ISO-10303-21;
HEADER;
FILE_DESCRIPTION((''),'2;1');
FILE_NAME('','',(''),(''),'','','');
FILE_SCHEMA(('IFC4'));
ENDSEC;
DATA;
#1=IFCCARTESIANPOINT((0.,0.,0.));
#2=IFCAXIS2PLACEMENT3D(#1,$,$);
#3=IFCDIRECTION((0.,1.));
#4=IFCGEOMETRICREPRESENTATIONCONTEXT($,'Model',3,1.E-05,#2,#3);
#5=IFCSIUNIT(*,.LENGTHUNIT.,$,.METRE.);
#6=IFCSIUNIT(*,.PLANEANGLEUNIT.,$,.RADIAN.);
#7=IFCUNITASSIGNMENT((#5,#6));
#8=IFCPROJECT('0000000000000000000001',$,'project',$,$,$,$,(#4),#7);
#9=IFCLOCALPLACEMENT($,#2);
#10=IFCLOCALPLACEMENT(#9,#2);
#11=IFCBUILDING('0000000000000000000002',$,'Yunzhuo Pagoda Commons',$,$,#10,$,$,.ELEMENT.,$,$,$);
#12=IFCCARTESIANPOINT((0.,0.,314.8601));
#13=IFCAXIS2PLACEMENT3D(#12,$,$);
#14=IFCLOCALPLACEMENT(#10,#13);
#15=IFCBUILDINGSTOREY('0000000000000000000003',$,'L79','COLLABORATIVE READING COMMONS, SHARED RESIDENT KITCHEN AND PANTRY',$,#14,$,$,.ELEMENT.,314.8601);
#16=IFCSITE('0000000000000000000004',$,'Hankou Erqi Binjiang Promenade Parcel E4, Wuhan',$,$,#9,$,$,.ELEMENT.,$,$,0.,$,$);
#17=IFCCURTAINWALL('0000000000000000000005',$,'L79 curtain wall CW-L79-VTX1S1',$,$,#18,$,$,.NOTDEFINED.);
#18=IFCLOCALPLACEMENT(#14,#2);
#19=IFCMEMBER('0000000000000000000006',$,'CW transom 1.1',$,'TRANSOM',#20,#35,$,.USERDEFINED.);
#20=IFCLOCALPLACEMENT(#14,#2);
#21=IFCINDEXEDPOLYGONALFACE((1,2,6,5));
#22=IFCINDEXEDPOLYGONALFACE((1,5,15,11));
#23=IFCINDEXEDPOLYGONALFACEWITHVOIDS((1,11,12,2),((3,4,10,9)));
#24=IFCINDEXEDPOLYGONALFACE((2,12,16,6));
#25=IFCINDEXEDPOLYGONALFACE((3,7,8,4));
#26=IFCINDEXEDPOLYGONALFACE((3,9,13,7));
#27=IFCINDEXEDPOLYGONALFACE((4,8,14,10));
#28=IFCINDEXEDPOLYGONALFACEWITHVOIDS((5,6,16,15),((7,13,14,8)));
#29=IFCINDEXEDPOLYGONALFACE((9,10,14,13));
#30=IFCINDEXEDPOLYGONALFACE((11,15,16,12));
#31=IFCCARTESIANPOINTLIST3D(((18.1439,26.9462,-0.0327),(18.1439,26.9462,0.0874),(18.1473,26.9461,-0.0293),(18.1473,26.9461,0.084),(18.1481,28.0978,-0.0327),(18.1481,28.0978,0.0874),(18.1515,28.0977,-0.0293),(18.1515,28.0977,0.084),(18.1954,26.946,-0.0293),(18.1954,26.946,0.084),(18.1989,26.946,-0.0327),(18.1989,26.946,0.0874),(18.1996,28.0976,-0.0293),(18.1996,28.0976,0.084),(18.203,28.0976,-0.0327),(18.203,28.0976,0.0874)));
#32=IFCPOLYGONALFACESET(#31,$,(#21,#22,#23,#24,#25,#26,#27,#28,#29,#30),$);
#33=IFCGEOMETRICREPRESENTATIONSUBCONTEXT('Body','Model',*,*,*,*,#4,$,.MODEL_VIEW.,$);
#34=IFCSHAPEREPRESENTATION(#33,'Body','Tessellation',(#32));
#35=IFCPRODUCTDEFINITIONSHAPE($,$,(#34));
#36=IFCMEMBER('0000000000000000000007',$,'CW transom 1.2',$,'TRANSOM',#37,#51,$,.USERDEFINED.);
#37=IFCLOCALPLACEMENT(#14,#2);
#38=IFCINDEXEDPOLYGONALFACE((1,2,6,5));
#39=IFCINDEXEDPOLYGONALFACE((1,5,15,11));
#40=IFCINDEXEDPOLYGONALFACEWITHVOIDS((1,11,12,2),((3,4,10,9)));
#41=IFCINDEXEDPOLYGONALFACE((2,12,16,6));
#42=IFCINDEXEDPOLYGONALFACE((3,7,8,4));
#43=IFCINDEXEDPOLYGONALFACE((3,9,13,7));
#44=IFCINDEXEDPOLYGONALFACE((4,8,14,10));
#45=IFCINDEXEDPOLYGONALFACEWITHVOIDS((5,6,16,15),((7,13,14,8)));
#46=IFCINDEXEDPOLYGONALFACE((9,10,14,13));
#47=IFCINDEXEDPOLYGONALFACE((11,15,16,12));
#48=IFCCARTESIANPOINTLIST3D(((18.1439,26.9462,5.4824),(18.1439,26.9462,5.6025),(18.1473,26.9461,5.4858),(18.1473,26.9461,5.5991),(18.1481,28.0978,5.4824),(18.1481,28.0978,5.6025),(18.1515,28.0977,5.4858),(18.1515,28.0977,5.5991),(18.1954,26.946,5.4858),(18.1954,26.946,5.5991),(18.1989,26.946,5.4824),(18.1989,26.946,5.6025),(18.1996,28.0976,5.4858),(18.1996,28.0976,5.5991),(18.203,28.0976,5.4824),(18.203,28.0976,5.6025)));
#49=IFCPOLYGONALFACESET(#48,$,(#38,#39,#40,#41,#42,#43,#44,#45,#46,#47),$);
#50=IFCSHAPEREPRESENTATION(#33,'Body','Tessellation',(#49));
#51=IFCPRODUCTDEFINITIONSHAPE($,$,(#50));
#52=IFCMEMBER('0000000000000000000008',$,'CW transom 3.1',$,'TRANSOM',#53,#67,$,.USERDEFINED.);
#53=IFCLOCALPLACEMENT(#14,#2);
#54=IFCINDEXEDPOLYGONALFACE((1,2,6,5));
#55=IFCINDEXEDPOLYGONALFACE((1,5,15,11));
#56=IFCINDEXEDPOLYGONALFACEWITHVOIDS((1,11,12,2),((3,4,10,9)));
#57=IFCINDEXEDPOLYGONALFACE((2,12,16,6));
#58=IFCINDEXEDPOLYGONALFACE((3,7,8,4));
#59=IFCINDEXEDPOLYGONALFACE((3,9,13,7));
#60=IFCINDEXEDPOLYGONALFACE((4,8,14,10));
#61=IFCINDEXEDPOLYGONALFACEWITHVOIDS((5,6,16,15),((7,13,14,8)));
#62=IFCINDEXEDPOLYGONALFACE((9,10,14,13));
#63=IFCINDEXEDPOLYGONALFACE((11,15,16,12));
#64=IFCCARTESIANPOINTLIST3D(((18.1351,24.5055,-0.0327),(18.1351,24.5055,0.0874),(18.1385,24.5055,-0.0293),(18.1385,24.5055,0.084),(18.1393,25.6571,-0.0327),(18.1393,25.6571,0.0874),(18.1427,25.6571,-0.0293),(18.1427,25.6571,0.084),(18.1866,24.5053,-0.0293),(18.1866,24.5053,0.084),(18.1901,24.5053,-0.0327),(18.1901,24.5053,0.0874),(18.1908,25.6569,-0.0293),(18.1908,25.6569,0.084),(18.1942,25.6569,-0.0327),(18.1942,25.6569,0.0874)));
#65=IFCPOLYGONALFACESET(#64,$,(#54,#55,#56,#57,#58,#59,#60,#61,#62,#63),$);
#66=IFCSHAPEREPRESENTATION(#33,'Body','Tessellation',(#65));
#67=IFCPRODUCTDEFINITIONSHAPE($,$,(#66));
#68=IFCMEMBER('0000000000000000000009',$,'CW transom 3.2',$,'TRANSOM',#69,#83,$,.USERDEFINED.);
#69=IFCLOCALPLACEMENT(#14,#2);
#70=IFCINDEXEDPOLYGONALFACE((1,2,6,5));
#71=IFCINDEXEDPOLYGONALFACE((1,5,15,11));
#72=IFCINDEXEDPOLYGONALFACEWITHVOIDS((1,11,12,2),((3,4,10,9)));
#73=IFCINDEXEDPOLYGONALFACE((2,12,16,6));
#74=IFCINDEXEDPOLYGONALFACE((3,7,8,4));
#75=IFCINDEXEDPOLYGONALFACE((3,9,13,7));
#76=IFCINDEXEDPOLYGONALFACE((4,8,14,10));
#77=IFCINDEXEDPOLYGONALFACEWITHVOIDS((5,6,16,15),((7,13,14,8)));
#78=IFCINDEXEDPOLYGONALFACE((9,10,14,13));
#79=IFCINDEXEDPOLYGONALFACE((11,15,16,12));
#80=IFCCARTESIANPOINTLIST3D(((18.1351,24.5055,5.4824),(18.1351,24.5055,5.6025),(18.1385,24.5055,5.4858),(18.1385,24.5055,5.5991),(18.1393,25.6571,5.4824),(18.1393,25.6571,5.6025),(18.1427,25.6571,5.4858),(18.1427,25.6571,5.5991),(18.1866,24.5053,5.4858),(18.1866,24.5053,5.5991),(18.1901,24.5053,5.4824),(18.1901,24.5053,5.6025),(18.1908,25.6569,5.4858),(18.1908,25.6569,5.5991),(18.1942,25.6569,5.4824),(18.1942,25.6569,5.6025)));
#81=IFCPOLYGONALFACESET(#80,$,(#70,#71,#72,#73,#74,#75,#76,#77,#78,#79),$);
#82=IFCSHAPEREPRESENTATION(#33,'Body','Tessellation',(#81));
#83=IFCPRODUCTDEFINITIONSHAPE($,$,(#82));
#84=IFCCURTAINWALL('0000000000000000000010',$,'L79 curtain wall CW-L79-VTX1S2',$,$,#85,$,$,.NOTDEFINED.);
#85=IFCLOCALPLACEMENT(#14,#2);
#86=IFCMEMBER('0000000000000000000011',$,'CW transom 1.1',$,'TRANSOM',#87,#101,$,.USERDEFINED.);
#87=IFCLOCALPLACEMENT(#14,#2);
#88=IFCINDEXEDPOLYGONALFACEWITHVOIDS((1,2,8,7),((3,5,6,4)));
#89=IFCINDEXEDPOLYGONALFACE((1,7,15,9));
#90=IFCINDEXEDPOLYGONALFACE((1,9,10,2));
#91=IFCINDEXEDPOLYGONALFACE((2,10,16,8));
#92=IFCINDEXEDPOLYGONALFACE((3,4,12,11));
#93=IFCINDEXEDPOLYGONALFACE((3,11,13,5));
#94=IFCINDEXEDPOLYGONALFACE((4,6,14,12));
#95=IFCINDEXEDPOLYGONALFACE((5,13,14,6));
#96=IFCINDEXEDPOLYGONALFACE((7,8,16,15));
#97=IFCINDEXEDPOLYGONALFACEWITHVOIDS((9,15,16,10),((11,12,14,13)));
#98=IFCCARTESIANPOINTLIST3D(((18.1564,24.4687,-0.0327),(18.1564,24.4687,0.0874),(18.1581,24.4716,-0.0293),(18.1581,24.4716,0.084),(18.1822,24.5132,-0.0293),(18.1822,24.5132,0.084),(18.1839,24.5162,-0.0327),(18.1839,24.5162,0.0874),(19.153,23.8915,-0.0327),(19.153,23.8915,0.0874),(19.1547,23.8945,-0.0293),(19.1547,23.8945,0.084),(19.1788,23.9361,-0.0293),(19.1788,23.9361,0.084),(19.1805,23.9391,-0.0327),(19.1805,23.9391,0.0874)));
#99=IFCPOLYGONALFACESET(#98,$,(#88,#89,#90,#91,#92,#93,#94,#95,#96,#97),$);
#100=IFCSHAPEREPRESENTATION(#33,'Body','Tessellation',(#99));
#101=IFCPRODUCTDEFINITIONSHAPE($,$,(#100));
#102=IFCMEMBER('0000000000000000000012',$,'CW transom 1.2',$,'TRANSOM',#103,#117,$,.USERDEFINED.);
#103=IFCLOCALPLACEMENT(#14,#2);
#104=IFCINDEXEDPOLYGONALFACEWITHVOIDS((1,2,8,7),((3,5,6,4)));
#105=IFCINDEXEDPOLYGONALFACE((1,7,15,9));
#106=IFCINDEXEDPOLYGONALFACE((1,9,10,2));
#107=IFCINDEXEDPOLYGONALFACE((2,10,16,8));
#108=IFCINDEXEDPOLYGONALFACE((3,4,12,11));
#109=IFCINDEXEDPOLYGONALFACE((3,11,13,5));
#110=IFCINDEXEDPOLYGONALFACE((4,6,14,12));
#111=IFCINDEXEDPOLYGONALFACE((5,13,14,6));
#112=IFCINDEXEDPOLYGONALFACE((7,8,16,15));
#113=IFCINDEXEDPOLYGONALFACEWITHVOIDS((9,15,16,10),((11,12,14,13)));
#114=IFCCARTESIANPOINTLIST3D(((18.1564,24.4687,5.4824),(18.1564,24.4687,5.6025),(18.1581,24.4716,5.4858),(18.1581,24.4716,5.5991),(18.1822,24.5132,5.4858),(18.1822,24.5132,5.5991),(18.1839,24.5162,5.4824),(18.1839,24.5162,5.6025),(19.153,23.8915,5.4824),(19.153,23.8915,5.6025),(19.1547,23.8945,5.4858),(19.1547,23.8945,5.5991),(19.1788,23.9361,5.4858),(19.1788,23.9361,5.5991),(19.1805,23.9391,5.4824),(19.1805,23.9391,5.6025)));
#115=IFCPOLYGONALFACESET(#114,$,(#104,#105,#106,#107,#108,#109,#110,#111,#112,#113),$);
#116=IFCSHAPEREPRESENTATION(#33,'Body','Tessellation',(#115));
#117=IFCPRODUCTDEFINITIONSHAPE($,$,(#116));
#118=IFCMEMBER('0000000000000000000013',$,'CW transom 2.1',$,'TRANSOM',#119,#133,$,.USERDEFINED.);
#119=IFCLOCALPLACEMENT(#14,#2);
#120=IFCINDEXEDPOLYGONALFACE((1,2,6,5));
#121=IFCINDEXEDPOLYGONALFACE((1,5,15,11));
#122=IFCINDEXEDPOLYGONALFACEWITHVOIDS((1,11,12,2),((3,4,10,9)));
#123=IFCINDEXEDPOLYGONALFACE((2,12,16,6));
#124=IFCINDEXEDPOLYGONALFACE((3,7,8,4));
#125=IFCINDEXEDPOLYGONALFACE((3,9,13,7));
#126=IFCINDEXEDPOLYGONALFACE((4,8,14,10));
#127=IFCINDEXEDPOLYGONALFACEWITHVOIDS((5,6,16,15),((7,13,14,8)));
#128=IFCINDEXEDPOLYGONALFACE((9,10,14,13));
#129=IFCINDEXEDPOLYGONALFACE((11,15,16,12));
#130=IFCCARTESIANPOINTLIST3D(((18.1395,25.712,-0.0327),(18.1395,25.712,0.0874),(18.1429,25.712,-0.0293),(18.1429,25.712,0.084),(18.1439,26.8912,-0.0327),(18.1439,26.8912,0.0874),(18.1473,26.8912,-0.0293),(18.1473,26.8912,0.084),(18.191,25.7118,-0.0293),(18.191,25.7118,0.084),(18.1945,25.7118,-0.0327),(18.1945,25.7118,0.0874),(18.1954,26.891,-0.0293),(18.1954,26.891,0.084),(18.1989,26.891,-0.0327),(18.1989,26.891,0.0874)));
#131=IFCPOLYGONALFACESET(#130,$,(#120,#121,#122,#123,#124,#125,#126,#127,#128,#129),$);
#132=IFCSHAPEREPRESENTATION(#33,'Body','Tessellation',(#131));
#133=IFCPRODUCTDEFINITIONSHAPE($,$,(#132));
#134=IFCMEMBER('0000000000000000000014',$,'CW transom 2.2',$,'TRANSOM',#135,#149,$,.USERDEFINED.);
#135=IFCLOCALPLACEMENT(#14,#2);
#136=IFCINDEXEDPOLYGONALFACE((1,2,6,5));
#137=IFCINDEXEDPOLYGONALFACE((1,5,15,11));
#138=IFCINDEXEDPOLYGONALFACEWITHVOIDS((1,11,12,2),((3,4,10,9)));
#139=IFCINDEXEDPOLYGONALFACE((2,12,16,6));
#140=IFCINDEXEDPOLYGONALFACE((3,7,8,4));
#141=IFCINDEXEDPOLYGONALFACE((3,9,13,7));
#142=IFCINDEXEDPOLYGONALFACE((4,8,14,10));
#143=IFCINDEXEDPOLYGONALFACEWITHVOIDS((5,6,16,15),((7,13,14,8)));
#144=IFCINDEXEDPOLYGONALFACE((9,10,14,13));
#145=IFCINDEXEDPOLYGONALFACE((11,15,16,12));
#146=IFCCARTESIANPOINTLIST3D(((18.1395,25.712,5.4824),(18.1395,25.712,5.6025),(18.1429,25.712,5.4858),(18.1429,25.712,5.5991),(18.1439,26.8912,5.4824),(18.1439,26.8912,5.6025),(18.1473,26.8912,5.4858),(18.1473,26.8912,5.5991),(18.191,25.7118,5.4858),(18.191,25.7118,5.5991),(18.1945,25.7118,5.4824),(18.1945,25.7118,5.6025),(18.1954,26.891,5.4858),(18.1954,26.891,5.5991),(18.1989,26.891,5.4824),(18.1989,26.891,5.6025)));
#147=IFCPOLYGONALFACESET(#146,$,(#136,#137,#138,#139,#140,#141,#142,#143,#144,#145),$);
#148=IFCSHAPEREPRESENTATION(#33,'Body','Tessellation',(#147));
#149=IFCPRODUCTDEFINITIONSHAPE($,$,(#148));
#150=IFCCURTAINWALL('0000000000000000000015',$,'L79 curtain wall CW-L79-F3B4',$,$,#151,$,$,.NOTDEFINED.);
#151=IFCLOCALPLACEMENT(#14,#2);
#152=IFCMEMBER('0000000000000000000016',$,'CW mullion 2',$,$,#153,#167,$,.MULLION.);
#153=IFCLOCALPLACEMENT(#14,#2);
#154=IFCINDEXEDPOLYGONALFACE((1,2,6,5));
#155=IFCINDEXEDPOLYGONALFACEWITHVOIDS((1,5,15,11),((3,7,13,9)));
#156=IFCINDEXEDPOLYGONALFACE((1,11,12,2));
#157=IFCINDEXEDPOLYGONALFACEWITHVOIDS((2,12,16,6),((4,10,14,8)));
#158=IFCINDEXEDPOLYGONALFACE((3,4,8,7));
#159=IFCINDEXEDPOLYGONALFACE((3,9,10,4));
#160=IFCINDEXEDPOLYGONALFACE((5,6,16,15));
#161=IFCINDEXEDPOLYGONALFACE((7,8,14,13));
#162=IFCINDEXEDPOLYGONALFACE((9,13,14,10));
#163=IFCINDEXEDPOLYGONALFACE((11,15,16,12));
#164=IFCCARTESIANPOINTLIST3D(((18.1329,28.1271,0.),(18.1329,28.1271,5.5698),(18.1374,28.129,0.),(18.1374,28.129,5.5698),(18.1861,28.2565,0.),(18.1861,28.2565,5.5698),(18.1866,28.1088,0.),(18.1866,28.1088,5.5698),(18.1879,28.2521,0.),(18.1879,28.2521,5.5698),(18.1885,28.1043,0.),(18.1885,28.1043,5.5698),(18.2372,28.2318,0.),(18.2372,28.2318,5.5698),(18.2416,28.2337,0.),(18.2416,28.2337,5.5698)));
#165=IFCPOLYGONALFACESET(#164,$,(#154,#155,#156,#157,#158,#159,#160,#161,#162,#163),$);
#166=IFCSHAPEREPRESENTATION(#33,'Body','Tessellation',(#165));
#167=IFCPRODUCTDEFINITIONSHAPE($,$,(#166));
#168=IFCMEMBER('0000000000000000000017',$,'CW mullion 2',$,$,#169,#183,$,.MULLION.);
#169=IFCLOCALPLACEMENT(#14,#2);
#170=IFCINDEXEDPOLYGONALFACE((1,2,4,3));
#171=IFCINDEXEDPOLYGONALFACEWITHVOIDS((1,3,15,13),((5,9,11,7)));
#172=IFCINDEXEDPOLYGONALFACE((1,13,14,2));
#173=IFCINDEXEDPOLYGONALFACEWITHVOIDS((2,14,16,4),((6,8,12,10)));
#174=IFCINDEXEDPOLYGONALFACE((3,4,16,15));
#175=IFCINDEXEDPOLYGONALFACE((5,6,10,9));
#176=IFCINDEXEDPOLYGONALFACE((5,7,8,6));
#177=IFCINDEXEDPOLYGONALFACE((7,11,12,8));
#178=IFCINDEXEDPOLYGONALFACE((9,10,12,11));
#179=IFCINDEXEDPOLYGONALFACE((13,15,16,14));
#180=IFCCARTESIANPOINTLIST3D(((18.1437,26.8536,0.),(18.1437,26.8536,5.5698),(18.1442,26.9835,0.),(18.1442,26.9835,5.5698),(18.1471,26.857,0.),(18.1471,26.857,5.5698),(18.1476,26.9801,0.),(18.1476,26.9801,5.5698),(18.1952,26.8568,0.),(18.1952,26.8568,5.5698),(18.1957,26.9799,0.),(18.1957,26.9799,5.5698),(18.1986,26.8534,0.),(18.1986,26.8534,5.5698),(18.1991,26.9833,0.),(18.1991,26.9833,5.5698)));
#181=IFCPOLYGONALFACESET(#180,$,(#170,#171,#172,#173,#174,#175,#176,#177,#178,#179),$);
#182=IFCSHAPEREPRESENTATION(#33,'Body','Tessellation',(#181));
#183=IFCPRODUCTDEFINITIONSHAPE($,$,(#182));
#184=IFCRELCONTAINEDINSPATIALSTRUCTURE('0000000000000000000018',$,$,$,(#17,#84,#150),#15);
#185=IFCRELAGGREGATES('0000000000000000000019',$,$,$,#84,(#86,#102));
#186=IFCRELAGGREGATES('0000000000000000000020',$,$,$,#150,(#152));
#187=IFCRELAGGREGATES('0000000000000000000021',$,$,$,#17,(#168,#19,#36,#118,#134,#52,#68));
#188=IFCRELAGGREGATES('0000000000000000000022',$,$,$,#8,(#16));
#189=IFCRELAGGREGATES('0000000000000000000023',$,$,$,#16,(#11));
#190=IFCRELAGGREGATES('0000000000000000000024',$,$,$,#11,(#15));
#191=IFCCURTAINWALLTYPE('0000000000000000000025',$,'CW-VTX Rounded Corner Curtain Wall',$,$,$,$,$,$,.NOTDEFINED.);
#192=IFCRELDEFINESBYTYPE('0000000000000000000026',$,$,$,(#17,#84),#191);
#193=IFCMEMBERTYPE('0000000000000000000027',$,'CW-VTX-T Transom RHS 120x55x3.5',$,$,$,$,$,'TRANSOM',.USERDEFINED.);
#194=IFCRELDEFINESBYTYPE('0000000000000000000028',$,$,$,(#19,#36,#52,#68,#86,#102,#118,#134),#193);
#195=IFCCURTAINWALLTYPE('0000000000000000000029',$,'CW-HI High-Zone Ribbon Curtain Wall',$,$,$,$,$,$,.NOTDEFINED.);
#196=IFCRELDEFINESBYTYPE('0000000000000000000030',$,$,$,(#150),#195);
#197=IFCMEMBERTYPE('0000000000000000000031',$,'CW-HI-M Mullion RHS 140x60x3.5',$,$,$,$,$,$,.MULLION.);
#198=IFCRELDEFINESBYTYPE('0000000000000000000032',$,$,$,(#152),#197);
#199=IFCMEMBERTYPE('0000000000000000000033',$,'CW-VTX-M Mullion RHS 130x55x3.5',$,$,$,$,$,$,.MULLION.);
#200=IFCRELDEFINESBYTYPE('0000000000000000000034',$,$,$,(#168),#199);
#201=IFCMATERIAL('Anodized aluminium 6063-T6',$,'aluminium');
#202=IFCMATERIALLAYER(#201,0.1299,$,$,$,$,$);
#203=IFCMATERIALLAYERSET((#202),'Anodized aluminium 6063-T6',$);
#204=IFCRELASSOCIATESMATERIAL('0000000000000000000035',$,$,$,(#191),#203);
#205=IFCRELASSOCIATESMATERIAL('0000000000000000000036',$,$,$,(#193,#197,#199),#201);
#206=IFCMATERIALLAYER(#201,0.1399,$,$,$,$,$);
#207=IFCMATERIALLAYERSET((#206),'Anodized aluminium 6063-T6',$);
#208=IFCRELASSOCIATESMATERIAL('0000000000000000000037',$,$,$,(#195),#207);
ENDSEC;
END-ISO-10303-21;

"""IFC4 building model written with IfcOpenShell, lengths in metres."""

from ifc_helpers import new_model, si_unit, direction, frame, origin, origin_2d, place, context, subcontext, project, spatial, hollow_rectangle, extrude, source, transform, mapped, material, layer, layer_set, material_profile, profile_set, type_object, element, aggregate, save


model = new_model("IFC4")

# Units and contexts
model_context = context("Model", 3, precision=1e-05, world=origin(), true_north=direction((0.0, 1.0)))
body_context = subcontext(model_context, "Body", "Model", "MODEL_VIEW")
ifc_project = project(units=[si_unit("LENGTHUNIT", "METRE"), si_unit("PLANEANGLEUNIT", "RADIAN")], contexts=[model_context])

# Site, building, storey
site_placement = place(None, origin())
site = spatial("IfcSite", under=ifc_project, at=site_placement, Name="Hankou Erqi Binjiang Promenade Parcel E4, Wuhan", CompositionType="ELEMENT", RefElevation=0.0)
building_placement = place(site_placement, origin())
building = spatial("IfcBuilding", under=site, at=building_placement, Name="Yunzhuo Pagoda Commons", CompositionType="ELEMENT")
storey_placement = place(building_placement, frame((0.0, 0.0, 314.8601)))
storey = spatial("IfcBuildingStorey", under=building, at=storey_placement, Name="L79", Description="COLLABORATIVE READING COMMONS, SHARED RESIDENT KITCHEN AND PANTRY", CompositionType="ELEMENT", Elevation=314.8601)

# Curtain walls, members
ifc_material_1 = material(Name="Anodized aluminium 6063-T6", Category="aluminium")
ifc_layer_1 = layer(ifc_material_1, 0.1299)
ifc_layer_set_1 = layer_set([ifc_layer_1], Name="Anodized aluminium 6063-T6")
curtain_wall_type_1 = type_object("IfcCurtainWallType", Name="CW-VTX Rounded Corner Curtain Wall", PredefinedType="NOTDEFINED", material=ifc_layer_set_1)
curtain_wall_1_placement = place(storey_placement, origin())
curtain_wall_1 = element("IfcCurtainWall", 1, at=curtain_wall_1_placement, inside=storey, type_object=curtain_wall_type_1, Name="L79 curtain wall CW-L79-VTX1S1", PredefinedType="NOTDEFINED")
ifc_material_profile_1 = material_profile(ifc_material_1, hollow_rectangle(XDim=0.0549, YDim=0.1201, WallThickness=0.0034, at=origin_2d()), Name="Anodized aluminium 6063-T6")
ifc_profile_set_1 = profile_set([ifc_material_profile_1], Name="Anodized aluminium 6063-T6")
member_type_1 = type_object("IfcMemberType", Name="CW-VTX-T Transom RHS 120x55x3.5", ElementType="TRANSOM", PredefinedType="USERDEFINED", material=ifc_profile_set_1)
shared_shape_1 = source(origin(), body_context, "Body", "SweptSolid", [
    extrude(hollow_rectangle(XDim=0.0549, YDim=0.1201, WallThickness=0.0034, at=origin_2d()), origin(), (0.0, 0.0, 1.0), 1.1516),
])
member_1_placement = place(storey_placement, frame((18.1755, 28.0977, 0.0273), z_axis=(-0.003604, -0.999994, 0.0), x_axis=(0.999994, -0.003604, 0.0)))
member_1 = element("IfcMember", 2, at=member_1_placement, type_object=member_type_1, Name="CW transom 1.1", ObjectType="TRANSOM", PredefinedType="USERDEFINED", context=body_context, shape_type="MappedRepresentation", body=[
    mapped(shared_shape_1, transform((0.0, 0.0, 0.0), scale=1.0)),
])
member_2_placement = place(storey_placement, frame((18.1755, 28.0977, 5.5425), z_axis=(-0.003604, -0.999994, 0.0), x_axis=(0.999994, -0.003604, 0.0)))
member_2 = element("IfcMember", 3, at=member_2_placement, type_object=member_type_1, Name="CW transom 1.2", ObjectType="TRANSOM", PredefinedType="USERDEFINED", context=body_context, shape_type="MappedRepresentation", body=[
    mapped(shared_shape_1, transform((0.0, 0.0, 0.0), scale=1.0)),
])
member_3_placement = place(storey_placement, frame((18.1667, 25.657, 0.0273), z_axis=(-0.003604, -0.999994, 0.0), x_axis=(0.999994, -0.003604, 0.0)))
member_3 = element("IfcMember", 4, at=member_3_placement, type_object=member_type_1, Name="CW transom 3.1", ObjectType="TRANSOM", PredefinedType="USERDEFINED", context=body_context, shape_type="MappedRepresentation", body=[
    mapped(shared_shape_1, transform((0.0, 0.0, 0.0), scale=1.0)),
])
member_4_placement = place(storey_placement, frame((18.1667, 25.657, 5.5425), z_axis=(-0.003604, -0.999994, 0.0), x_axis=(0.999994, -0.003604, 0.0)))
member_4 = element("IfcMember", 5, at=member_4_placement, type_object=member_type_1, Name="CW transom 3.2", ObjectType="TRANSOM", PredefinedType="USERDEFINED", context=body_context, shape_type="MappedRepresentation", body=[
    mapped(shared_shape_1, transform((0.0, 0.0, 0.0), scale=1.0)),
])
curtain_wall_2_placement = place(storey_placement, origin())
curtain_wall_2 = element("IfcCurtainWall", 6, at=curtain_wall_2_placement, inside=storey, type_object=curtain_wall_type_1, Name="L79 curtain wall CW-L79-VTX1S2", PredefinedType="NOTDEFINED")
member_5_placement = place(storey_placement, frame((18.1702, 24.4924, 0.0273), z_axis=(0.865359, -0.501153, 0.0), x_axis=(0.501153, 0.865359, 0.0)))
member_5 = element("IfcMember", 7, at=member_5_placement, type_object=member_type_1, Name="CW transom 1.1", ObjectType="TRANSOM", PredefinedType="USERDEFINED", context=body_context, shape_type="MappedRepresentation", body=[
    mapped(shared_shape_1, transform((0.0, 0.0, 0.0), scale=1.0)),
])
member_6_placement = place(storey_placement, frame((18.1702, 24.4924, 5.5425), z_axis=(0.865359, -0.501153, 0.0), x_axis=(0.501153, 0.865359, 0.0)))
member_6 = element("IfcMember", 8, at=member_6_placement, type_object=member_type_1, Name="CW transom 1.2", ObjectType="TRANSOM", PredefinedType="USERDEFINED", context=body_context, shape_type="MappedRepresentation", body=[
    mapped(shared_shape_1, transform((0.0, 0.0, 0.0), scale=1.0)),
])
aggregate(curtain_wall_2, [member_5, member_6])

# Members
shared_shape_2 = source(origin(), body_context, "Body", "SweptSolid", [
    extrude(hollow_rectangle(XDim=0.0549, YDim=0.1201, WallThickness=0.0034, at=origin_2d()), origin(), (0.0, 0.0, 1.0), 1.1792),
])
member_7_placement = place(storey_placement, frame((18.1714, 26.8911, 0.0273), z_axis=(-0.003727, -0.999993, 0.0), x_axis=(0.999993, -0.003727, 0.0)))
member_7 = element("IfcMember", 9, at=member_7_placement, type_object=member_type_1, Name="CW transom 2.1", ObjectType="TRANSOM", PredefinedType="USERDEFINED", context=body_context, shape_type="MappedRepresentation", body=[
    mapped(shared_shape_2, transform((0.0, 0.0, 0.0), scale=1.0)),
])
member_8_placement = place(storey_placement, frame((18.1714, 26.8911, 5.5425), z_axis=(-0.003727, -0.999993, 0.0), x_axis=(0.999993, -0.003727, 0.0)))
member_8 = element("IfcMember", 10, at=member_8_placement, type_object=member_type_1, Name="CW transom 2.2", ObjectType="TRANSOM", PredefinedType="USERDEFINED", context=body_context, shape_type="MappedRepresentation", body=[
    mapped(shared_shape_2, transform((0.0, 0.0, 0.0), scale=1.0)),
])

# Curtain wall, member
ifc_layer_2 = layer(ifc_material_1, 0.1399)
ifc_layer_set_2 = layer_set([ifc_layer_2], Name="Anodized aluminium 6063-T6")
curtain_wall_type_2 = type_object("IfcCurtainWallType", Name="CW-HI High-Zone Ribbon Curtain Wall", PredefinedType="NOTDEFINED", material=ifc_layer_set_2)
curtain_wall_3_placement = place(storey_placement, origin())
curtain_wall_3 = element("IfcCurtainWall", 11, at=curtain_wall_3_placement, inside=storey, type_object=curtain_wall_type_2, Name="L79 curtain wall CW-L79-F3B4", PredefinedType="NOTDEFINED")
ifc_material_profile_2 = material_profile(ifc_material_1, hollow_rectangle(XDim=0.0601, YDim=0.1399, WallThickness=0.0034, at=origin_2d()), Name="Anodized aluminium 6063-T6")
ifc_profile_set_2 = profile_set([ifc_material_profile_2], Name="Anodized aluminium 6063-T6")
member_type_2 = type_object("IfcMemberType", Name="CW-HI-M Mullion RHS 140x60x3.5", PredefinedType="MULLION", material=ifc_profile_set_2)
shared_shape_3 = source(origin(), body_context, "Body", "SweptSolid", [
    extrude(hollow_rectangle(XDim=0.0601, YDim=0.1399, WallThickness=0.0034, at=origin_2d()), origin(), (0.0, 0.0, 1.0), 5.5698),
])
member_9_placement = place(storey_placement, frame((18.1873, 28.1804, 0.0), z_axis=(0.0, 0.0, 1.0), x_axis=(0.924975, -0.380027, 0.0)))
member_9 = element("IfcMember", 12, at=member_9_placement, type_object=member_type_2, Name="CW mullion 2", PredefinedType="MULLION", context=body_context, shape_type="MappedRepresentation", body=[
    mapped(shared_shape_3, transform((0.0, 0.0, 0.0), scale=1.0)),
])
aggregate(curtain_wall_3, [member_9])

# Member
ifc_material_profile_3 = material_profile(ifc_material_1, hollow_rectangle(XDim=0.0549, YDim=0.1299, WallThickness=0.0034, at=origin_2d()), Name="Anodized aluminium 6063-T6")
ifc_profile_set_3 = profile_set([ifc_material_profile_3], Name="Anodized aluminium 6063-T6")
member_type_3 = type_object("IfcMemberType", Name="CW-VTX-M Mullion RHS 130x55x3.5", PredefinedType="MULLION", material=ifc_profile_set_3)
shared_shape_4 = source(origin(), body_context, "Body", "SweptSolid", [
    extrude(hollow_rectangle(XDim=0.0549, YDim=0.1299, WallThickness=0.0034, at=origin_2d()), origin(), (0.0, 0.0, 1.0), 5.5698),
])
member_10_placement = place(storey_placement, frame((18.1714, 26.9185, 0.0), z_axis=(0.0, 0.0, 1.0), x_axis=(0.999994, -0.003592, 0.0)))
member_10 = element("IfcMember", 13, at=member_10_placement, type_object=member_type_3, Name="CW mullion 2", PredefinedType="MULLION", context=body_context, shape_type="MappedRepresentation", body=[
    mapped(shared_shape_4, transform((0.0, 0.0, 0.0), scale=1.0)),
])

aggregate(curtain_wall_1, [member_10, member_1, member_2, member_7, member_8, member_3, member_4])

save(model, "model.ifc")
